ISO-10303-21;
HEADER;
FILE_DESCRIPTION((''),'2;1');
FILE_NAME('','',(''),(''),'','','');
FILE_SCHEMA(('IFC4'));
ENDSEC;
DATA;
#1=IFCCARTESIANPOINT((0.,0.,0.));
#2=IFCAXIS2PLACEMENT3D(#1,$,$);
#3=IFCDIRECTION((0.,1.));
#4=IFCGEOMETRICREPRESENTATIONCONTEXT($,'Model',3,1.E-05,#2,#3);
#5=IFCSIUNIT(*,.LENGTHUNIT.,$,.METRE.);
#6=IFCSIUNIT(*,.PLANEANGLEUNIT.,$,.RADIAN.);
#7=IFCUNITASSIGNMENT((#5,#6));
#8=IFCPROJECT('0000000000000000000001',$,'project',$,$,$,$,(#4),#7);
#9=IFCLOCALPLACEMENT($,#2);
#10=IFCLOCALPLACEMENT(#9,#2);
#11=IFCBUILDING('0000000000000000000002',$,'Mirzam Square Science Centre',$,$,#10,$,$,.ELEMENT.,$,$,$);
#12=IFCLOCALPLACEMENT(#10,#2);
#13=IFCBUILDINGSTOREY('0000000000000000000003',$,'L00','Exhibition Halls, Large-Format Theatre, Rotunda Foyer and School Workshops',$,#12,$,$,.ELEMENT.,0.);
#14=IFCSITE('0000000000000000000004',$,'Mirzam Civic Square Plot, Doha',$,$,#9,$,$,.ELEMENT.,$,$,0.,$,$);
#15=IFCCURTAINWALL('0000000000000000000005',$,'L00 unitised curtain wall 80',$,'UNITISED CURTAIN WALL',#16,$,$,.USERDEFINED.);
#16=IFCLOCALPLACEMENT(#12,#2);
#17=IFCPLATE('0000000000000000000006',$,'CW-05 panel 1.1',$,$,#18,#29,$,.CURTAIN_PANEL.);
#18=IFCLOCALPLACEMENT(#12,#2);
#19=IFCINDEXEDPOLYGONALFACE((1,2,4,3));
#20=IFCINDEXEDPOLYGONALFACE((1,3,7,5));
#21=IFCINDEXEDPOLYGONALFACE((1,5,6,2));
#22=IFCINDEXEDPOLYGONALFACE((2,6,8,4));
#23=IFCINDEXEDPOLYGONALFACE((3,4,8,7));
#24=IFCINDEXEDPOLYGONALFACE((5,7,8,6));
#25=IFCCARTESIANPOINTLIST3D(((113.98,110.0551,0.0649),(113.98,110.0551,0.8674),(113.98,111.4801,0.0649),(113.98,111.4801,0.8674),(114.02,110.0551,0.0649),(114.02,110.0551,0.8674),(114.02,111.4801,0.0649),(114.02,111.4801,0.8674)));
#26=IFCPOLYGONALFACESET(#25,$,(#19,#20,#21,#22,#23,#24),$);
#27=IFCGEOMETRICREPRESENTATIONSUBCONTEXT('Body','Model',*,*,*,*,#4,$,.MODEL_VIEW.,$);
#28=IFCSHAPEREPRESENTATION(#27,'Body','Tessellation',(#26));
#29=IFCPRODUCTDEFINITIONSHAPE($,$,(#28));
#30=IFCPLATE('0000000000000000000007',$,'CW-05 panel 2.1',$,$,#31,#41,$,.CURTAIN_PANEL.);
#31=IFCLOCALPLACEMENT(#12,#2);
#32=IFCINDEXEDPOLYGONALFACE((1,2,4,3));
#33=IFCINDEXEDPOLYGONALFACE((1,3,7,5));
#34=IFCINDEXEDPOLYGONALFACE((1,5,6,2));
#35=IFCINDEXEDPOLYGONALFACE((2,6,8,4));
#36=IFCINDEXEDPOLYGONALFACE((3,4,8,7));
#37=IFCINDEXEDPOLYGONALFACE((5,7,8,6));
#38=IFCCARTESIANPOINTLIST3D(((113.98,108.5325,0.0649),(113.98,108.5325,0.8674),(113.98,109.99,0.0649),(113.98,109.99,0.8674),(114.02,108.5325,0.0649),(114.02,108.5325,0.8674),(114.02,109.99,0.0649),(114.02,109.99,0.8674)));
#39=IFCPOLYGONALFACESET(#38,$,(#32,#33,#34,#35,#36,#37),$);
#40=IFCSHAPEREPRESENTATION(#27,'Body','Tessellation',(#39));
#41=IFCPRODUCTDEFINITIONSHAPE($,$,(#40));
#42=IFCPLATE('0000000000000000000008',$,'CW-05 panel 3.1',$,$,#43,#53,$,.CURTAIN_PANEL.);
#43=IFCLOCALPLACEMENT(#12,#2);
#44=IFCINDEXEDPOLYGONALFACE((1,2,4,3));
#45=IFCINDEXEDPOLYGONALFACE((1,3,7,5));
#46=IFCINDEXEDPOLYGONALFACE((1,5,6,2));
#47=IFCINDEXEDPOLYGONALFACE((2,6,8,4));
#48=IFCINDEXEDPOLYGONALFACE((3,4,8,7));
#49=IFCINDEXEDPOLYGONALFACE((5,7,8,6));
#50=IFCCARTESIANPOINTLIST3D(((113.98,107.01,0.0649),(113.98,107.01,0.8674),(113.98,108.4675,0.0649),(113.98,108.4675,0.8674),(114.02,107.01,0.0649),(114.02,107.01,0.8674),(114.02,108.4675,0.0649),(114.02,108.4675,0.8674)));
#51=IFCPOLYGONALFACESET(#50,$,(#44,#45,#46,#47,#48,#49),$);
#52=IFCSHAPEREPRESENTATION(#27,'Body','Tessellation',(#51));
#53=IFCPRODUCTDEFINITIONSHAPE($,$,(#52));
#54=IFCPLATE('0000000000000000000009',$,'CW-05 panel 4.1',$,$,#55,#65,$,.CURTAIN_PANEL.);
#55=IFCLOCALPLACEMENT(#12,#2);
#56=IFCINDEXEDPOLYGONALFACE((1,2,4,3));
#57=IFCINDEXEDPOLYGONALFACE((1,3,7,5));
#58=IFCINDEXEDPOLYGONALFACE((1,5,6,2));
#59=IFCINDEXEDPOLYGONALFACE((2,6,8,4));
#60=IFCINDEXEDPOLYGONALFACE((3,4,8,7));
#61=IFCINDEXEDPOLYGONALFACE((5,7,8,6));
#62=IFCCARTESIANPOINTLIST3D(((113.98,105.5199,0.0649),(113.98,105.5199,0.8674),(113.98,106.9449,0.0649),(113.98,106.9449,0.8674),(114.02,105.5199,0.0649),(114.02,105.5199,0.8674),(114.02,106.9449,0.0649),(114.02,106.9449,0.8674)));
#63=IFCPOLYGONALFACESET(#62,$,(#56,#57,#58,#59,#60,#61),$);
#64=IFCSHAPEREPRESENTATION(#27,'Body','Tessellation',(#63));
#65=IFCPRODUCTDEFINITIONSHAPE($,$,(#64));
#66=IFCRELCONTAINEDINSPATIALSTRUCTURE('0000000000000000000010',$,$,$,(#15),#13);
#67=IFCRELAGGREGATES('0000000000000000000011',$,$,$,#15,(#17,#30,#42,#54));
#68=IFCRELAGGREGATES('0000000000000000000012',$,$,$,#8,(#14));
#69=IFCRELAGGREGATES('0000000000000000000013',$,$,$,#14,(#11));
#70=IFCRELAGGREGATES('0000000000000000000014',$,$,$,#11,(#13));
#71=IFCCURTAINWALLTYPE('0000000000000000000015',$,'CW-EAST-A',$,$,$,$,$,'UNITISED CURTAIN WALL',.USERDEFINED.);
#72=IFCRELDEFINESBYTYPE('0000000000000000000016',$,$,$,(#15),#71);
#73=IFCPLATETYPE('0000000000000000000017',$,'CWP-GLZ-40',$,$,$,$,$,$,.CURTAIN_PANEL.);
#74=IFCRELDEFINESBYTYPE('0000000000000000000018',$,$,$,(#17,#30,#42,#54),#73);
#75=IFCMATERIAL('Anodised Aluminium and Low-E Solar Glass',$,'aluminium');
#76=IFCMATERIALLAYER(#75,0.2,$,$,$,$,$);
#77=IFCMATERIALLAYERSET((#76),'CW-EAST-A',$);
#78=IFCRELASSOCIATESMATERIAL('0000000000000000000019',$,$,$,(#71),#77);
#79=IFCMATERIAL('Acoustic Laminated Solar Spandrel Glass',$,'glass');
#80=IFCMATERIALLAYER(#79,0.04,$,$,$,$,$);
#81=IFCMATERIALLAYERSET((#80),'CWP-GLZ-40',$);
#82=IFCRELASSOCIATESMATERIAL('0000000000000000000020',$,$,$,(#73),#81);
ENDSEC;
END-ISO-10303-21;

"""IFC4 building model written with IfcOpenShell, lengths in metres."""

from ifc_helpers import new_model, si_unit, direction, frame, origin, origin_2d, place, context, subcontext, project, spatial, rectangle, extrude, material, layer, layer_set, type_object, element, aggregate, save


model = new_model("IFC4")

# Units and contexts
model_context = context("Model", 3, precision=1e-05, world=origin(), true_north=direction((0.0, 1.0)))
body_context = subcontext(model_context, "Body", "Model", "MODEL_VIEW")
ifc_project = project(units=[si_unit("LENGTHUNIT", "METRE"), si_unit("PLANEANGLEUNIT", "RADIAN")], contexts=[model_context])

# Site, building, storey
site_placement = place(None, origin())
site = spatial("IfcSite", under=ifc_project, at=site_placement, Name="Mirzam Civic Square Plot, Doha", CompositionType="ELEMENT", RefElevation=0.0)
building_placement = place(site_placement, origin())
building = spatial("IfcBuilding", under=site, at=building_placement, Name="Mirzam Square Science Centre", CompositionType="ELEMENT")
storey_placement = place(building_placement, origin())
storey = spatial("IfcBuildingStorey", under=building, at=storey_placement, Name="L00", Description="Exhibition Halls, Large-Format Theatre, Rotunda Foyer and School Workshops", CompositionType="ELEMENT", Elevation=0.0)

# Shared definitions
ifc_material_1 = material(Name="Anodised Aluminium and Low-E Solar Glass", Category="aluminium")

# Curtain wall
ifc_layer_1 = layer(ifc_material_1, 0.2)
ifc_layer_set_1 = layer_set([ifc_layer_1], Name="CW-EAST-A")
curtain_wall_type_1 = type_object("IfcCurtainWallType", Name="CW-EAST-A", ElementType="UNITISED CURTAIN WALL", PredefinedType="USERDEFINED", material=ifc_layer_set_1)
curtain_wall_1_placement = place(storey_placement, origin())
curtain_wall_1 = element("IfcCurtainWall", 1, at=curtain_wall_1_placement, inside=storey, type_object=curtain_wall_type_1, Name="L00 unitised curtain wall 80", ObjectType="UNITISED CURTAIN WALL", PredefinedType="USERDEFINED")

# Plates
ifc_material_2 = material(Name="Acoustic Laminated Solar Spandrel Glass", Category="glass")
ifc_layer_2 = layer(ifc_material_2, 0.04)
ifc_layer_set_2 = layer_set([ifc_layer_2], Name="CWP-GLZ-40")
plate_type = type_object("IfcPlateType", Name="CWP-GLZ-40", PredefinedType="CURTAIN_PANEL", material=ifc_layer_set_2)
plate_1_placement = place(storey_placement, frame((114.0, 110.7676, 0.0649), z_axis=(0.0, 0.0, 1.0), x_axis=(0.0, -1.0, 0.0)))
plate_1 = element("IfcPlate", 2, at=plate_1_placement, type_object=plate_type, Name="CW-05 panel 1.1", PredefinedType="CURTAIN_PANEL", context=body_context, shape_type="SweptSolid", body=[
    extrude(rectangle(XDim=1.425, YDim=0.04, at=origin_2d()), origin(), (0.0, 0.0, 1.0), 0.8025),
])
plate_2_placement = place(storey_placement, frame((114.0, 109.2612, 0.0649), z_axis=(0.0, 0.0, 1.0), x_axis=(0.0, -1.0, 0.0)))
plate_2 = element("IfcPlate", 3, at=plate_2_placement, type_object=plate_type, Name="CW-05 panel 2.1", PredefinedType="CURTAIN_PANEL", context=body_context, shape_type="SweptSolid", body=[
    extrude(rectangle(XDim=1.4575, YDim=0.04, at=origin_2d()), origin(), (0.0, 0.0, 1.0), 0.8025),
])
plate_3_placement = place(storey_placement, frame((114.0, 107.7388, 0.0649), z_axis=(0.0, 0.0, 1.0), x_axis=(0.0, -1.0, 0.0)))
plate_3 = element("IfcPlate", 4, at=plate_3_placement, type_object=plate_type, Name="CW-05 panel 3.1", PredefinedType="CURTAIN_PANEL", context=body_context, shape_type="SweptSolid", body=[
    extrude(rectangle(XDim=1.4575, YDim=0.04, at=origin_2d()), origin(), (0.0, 0.0, 1.0), 0.8025),
])
plate_4_placement = place(storey_placement, frame((114.0, 106.2324, 0.0649), z_axis=(0.0, 0.0, 1.0), x_axis=(0.0, -1.0, 0.0)))
plate_4 = element("IfcPlate", 5, at=plate_4_placement, type_object=plate_type, Name="CW-05 panel 4.1", PredefinedType="CURTAIN_PANEL", context=body_context, shape_type="SweptSolid", body=[
    extrude(rectangle(XDim=1.425, YDim=0.04, at=origin_2d()), origin(), (0.0, 0.0, 1.0), 0.8025),
])
aggregate(curtain_wall_1, [plate_1, plate_2, plate_3, plate_4])

save(model, "model.ifc")
